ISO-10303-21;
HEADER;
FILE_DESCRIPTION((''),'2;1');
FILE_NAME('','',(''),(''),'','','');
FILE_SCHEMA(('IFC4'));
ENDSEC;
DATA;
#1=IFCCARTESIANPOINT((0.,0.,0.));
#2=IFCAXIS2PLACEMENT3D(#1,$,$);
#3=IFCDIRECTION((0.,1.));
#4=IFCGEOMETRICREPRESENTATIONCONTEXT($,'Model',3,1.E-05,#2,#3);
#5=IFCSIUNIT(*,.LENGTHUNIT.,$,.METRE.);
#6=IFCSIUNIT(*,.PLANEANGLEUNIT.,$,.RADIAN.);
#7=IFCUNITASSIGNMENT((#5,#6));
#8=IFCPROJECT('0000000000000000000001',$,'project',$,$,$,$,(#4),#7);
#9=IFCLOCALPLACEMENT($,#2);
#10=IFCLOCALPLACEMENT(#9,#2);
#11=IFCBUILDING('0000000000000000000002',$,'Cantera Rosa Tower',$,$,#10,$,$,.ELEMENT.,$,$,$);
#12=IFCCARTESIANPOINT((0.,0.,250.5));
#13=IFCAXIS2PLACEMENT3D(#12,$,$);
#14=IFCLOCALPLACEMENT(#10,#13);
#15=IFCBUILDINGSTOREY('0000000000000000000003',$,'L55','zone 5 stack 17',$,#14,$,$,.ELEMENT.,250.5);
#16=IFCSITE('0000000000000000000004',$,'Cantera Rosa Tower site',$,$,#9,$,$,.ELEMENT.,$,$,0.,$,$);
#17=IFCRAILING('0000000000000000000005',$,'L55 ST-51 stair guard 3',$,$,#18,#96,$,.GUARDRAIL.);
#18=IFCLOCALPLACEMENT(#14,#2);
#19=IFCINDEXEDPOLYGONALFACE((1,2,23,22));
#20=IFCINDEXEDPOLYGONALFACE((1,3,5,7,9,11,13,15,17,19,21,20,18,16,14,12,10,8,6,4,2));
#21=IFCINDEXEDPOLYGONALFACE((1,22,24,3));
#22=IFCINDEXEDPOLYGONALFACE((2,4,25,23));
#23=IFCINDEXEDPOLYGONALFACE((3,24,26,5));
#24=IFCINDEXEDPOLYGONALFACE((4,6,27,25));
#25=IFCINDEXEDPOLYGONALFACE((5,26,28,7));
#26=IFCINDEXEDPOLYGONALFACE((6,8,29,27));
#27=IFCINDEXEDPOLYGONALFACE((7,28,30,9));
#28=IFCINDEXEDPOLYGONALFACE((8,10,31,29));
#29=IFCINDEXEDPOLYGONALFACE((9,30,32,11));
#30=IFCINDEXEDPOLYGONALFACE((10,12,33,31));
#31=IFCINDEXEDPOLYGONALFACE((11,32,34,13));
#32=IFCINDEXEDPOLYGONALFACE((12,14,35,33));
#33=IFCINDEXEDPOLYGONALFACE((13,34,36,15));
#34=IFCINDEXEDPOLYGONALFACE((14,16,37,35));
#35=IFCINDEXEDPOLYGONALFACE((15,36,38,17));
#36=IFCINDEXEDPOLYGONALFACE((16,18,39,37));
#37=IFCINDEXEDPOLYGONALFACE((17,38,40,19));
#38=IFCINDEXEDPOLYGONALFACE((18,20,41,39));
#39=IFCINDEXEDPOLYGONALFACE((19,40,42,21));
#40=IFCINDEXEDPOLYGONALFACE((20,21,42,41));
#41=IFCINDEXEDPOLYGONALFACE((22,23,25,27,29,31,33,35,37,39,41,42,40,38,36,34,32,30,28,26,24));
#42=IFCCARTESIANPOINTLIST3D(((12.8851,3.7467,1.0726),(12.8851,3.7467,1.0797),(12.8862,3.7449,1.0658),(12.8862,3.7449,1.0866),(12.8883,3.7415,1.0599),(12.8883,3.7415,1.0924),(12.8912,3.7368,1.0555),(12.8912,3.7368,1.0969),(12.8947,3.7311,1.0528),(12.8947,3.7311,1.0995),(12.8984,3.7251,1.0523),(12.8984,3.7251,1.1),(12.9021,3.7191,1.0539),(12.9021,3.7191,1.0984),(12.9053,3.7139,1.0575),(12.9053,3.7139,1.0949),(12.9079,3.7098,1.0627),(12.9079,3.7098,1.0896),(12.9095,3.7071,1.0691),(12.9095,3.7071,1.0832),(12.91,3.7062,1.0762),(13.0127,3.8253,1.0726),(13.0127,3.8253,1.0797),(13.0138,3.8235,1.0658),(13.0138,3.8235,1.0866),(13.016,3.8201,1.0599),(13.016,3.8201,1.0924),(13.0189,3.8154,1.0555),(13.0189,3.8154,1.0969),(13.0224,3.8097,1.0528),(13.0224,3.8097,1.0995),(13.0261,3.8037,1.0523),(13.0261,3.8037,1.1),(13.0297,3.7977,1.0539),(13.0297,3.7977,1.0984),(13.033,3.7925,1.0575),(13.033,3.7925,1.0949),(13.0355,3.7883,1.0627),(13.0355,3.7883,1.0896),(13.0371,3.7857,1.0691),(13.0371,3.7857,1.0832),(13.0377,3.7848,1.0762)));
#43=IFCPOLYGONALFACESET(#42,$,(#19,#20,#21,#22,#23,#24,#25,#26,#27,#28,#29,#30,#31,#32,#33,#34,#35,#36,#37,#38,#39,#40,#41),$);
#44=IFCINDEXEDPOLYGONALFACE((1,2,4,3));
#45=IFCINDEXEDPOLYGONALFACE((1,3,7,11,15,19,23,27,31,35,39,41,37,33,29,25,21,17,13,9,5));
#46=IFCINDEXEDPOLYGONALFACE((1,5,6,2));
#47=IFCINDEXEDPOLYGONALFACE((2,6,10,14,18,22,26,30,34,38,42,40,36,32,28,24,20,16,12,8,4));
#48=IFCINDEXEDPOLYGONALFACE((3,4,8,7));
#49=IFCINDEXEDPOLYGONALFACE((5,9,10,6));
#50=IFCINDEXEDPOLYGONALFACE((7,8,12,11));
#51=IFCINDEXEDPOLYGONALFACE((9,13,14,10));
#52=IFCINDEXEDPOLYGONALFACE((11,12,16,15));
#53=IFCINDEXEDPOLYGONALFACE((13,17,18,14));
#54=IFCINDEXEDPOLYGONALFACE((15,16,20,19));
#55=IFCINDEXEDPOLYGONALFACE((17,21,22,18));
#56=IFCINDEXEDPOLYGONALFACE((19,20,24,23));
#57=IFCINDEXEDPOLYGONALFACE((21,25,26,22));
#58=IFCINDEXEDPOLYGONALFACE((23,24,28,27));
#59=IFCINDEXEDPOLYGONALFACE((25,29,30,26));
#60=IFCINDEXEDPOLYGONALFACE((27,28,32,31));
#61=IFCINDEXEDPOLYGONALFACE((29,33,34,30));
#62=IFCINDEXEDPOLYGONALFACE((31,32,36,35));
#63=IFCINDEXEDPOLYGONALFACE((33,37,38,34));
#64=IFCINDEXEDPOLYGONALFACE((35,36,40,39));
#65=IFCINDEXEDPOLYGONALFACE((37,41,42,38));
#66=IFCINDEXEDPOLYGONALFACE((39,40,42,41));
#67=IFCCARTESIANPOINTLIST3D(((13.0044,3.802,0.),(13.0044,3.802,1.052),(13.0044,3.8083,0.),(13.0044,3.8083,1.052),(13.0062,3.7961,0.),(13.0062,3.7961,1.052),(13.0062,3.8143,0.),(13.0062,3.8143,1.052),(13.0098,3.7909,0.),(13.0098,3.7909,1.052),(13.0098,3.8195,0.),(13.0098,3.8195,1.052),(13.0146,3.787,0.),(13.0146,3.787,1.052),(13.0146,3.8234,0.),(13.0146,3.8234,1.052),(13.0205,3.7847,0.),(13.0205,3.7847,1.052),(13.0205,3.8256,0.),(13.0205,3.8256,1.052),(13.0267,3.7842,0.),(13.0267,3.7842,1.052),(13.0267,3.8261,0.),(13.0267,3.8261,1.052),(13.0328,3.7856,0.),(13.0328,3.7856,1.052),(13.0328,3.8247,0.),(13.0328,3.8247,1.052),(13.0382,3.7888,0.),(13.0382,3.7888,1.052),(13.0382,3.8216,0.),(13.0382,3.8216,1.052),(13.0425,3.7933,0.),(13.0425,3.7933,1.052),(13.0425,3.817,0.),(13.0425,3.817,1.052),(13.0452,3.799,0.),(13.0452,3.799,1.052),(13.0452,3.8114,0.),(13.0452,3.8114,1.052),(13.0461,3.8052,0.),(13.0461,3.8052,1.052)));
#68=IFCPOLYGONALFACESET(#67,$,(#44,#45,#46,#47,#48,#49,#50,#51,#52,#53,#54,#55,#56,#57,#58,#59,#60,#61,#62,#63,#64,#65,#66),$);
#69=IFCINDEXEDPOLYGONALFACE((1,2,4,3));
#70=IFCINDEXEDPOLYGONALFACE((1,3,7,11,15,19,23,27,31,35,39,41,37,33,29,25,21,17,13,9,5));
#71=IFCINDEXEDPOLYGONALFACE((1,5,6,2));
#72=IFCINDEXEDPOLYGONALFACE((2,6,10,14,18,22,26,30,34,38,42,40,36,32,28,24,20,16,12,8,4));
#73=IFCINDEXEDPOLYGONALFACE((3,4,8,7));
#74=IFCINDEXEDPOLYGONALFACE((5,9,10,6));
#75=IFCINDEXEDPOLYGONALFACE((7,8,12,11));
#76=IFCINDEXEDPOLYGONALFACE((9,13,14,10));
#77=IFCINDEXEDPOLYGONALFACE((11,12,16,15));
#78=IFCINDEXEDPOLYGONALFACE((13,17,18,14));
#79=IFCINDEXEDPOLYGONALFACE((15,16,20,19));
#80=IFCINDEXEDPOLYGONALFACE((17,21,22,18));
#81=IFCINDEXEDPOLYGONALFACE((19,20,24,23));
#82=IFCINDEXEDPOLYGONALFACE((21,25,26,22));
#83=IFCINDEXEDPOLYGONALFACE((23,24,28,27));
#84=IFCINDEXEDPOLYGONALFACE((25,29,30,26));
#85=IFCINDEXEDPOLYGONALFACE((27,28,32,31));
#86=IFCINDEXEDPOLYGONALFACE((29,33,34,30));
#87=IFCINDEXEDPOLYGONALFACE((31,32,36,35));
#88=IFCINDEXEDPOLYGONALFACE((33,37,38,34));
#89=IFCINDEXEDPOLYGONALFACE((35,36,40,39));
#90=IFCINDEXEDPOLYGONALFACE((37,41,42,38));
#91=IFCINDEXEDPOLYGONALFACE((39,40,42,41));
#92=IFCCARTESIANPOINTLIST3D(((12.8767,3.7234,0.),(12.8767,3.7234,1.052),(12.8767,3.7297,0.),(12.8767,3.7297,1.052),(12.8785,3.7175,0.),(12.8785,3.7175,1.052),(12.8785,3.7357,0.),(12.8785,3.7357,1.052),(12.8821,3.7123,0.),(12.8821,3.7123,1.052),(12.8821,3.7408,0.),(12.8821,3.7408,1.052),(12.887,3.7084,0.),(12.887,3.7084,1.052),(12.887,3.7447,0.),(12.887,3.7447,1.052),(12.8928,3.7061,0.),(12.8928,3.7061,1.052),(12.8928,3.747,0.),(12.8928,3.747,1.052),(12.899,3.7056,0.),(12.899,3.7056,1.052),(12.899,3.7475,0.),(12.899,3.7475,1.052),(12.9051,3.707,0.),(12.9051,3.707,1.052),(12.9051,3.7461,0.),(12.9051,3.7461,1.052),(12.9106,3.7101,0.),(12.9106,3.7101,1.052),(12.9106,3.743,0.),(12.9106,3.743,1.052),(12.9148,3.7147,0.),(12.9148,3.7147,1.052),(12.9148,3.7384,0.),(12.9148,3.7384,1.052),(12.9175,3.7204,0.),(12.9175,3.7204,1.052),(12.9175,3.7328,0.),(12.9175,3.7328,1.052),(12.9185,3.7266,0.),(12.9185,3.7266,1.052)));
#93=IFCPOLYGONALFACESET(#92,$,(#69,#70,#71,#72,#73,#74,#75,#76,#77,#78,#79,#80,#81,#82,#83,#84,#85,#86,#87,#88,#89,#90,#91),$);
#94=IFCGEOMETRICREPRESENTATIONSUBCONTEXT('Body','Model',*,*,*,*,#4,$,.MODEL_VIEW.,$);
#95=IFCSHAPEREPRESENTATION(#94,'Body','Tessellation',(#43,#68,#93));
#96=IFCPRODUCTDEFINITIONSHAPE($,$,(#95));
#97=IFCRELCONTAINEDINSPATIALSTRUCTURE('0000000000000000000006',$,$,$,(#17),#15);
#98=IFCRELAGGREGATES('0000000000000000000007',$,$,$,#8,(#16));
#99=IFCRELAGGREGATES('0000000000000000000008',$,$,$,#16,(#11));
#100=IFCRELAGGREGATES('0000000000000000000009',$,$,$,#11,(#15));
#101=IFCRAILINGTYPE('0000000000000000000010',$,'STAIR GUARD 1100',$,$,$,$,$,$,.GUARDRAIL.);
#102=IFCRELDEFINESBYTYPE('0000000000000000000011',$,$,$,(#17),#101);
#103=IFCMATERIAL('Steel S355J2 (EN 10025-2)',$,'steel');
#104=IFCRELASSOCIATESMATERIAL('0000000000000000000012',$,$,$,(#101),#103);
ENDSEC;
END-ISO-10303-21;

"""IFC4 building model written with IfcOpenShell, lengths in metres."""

from ifc_helpers import new_model, si_unit, direction, frame, origin, origin_2d, place, context, subcontext, project, spatial, circle, extrude, material, type_object, element, save


model = new_model("IFC4")

# Units and contexts
model_context = context("Model", 3, precision=1e-05, world=origin(), true_north=direction((0.0, 1.0)))
body_context = subcontext(model_context, "Body", "Model", "MODEL_VIEW")
ifc_project = project(units=[si_unit("LENGTHUNIT", "METRE"), si_unit("PLANEANGLEUNIT", "RADIAN")], contexts=[model_context])

# Site, building, storey
site_placement = place(None, origin())
site = spatial("IfcSite", under=ifc_project, at=site_placement, Name="Cantera Rosa Tower site", CompositionType="ELEMENT", RefElevation=0.0)
building_placement = place(site_placement, origin())
building = spatial("IfcBuilding", under=site, at=building_placement, Name="Cantera Rosa Tower", CompositionType="ELEMENT")
storey_placement = place(building_placement, frame((0.0, 0.0, 250.5)))
storey = spatial("IfcBuildingStorey", under=building, at=storey_placement, Name="L55", Description="zone 5 stack 17", CompositionType="ELEMENT", Elevation=250.5)

# Railing
ifc_material_1 = material(Name="Steel S355J2 (EN 10025-2)", Category="steel")
railing_type_1 = type_object("IfcRailingType", Name="STAIR GUARD 1100", PredefinedType="GUARDRAIL", material=ifc_material_1)
railing_1_placement = place(storey_placement, frame((13.0251, 3.8052, 0.0)))
element("IfcRailing", 1, at=railing_1_placement, inside=storey, type_object=railing_type_1, Name="L55 ST-51 stair guard 3", PredefinedType="GUARDRAIL", context=body_context, shape_type="SweptSolid", body=[
    extrude(circle(Radius=0.0239, at=origin_2d()), frame((0.0, 0.0, 1.0762), z_axis=(-0.851546, -0.524279, 0.0), x_axis=(0.524279, -0.851546, 0.0)), (0.0, 0.0, 1.0), 0.1499),
    extrude(circle(Radius=0.021, at=origin_2d()), origin(), (0.0, 0.0, 1.0), 1.052),
    extrude(circle(Radius=0.021, at=origin_2d()), frame((-0.1277, -0.0786, 0.0)), (0.0, 0.0, 1.0), 1.052),
])

save(model, "model.ifc")
